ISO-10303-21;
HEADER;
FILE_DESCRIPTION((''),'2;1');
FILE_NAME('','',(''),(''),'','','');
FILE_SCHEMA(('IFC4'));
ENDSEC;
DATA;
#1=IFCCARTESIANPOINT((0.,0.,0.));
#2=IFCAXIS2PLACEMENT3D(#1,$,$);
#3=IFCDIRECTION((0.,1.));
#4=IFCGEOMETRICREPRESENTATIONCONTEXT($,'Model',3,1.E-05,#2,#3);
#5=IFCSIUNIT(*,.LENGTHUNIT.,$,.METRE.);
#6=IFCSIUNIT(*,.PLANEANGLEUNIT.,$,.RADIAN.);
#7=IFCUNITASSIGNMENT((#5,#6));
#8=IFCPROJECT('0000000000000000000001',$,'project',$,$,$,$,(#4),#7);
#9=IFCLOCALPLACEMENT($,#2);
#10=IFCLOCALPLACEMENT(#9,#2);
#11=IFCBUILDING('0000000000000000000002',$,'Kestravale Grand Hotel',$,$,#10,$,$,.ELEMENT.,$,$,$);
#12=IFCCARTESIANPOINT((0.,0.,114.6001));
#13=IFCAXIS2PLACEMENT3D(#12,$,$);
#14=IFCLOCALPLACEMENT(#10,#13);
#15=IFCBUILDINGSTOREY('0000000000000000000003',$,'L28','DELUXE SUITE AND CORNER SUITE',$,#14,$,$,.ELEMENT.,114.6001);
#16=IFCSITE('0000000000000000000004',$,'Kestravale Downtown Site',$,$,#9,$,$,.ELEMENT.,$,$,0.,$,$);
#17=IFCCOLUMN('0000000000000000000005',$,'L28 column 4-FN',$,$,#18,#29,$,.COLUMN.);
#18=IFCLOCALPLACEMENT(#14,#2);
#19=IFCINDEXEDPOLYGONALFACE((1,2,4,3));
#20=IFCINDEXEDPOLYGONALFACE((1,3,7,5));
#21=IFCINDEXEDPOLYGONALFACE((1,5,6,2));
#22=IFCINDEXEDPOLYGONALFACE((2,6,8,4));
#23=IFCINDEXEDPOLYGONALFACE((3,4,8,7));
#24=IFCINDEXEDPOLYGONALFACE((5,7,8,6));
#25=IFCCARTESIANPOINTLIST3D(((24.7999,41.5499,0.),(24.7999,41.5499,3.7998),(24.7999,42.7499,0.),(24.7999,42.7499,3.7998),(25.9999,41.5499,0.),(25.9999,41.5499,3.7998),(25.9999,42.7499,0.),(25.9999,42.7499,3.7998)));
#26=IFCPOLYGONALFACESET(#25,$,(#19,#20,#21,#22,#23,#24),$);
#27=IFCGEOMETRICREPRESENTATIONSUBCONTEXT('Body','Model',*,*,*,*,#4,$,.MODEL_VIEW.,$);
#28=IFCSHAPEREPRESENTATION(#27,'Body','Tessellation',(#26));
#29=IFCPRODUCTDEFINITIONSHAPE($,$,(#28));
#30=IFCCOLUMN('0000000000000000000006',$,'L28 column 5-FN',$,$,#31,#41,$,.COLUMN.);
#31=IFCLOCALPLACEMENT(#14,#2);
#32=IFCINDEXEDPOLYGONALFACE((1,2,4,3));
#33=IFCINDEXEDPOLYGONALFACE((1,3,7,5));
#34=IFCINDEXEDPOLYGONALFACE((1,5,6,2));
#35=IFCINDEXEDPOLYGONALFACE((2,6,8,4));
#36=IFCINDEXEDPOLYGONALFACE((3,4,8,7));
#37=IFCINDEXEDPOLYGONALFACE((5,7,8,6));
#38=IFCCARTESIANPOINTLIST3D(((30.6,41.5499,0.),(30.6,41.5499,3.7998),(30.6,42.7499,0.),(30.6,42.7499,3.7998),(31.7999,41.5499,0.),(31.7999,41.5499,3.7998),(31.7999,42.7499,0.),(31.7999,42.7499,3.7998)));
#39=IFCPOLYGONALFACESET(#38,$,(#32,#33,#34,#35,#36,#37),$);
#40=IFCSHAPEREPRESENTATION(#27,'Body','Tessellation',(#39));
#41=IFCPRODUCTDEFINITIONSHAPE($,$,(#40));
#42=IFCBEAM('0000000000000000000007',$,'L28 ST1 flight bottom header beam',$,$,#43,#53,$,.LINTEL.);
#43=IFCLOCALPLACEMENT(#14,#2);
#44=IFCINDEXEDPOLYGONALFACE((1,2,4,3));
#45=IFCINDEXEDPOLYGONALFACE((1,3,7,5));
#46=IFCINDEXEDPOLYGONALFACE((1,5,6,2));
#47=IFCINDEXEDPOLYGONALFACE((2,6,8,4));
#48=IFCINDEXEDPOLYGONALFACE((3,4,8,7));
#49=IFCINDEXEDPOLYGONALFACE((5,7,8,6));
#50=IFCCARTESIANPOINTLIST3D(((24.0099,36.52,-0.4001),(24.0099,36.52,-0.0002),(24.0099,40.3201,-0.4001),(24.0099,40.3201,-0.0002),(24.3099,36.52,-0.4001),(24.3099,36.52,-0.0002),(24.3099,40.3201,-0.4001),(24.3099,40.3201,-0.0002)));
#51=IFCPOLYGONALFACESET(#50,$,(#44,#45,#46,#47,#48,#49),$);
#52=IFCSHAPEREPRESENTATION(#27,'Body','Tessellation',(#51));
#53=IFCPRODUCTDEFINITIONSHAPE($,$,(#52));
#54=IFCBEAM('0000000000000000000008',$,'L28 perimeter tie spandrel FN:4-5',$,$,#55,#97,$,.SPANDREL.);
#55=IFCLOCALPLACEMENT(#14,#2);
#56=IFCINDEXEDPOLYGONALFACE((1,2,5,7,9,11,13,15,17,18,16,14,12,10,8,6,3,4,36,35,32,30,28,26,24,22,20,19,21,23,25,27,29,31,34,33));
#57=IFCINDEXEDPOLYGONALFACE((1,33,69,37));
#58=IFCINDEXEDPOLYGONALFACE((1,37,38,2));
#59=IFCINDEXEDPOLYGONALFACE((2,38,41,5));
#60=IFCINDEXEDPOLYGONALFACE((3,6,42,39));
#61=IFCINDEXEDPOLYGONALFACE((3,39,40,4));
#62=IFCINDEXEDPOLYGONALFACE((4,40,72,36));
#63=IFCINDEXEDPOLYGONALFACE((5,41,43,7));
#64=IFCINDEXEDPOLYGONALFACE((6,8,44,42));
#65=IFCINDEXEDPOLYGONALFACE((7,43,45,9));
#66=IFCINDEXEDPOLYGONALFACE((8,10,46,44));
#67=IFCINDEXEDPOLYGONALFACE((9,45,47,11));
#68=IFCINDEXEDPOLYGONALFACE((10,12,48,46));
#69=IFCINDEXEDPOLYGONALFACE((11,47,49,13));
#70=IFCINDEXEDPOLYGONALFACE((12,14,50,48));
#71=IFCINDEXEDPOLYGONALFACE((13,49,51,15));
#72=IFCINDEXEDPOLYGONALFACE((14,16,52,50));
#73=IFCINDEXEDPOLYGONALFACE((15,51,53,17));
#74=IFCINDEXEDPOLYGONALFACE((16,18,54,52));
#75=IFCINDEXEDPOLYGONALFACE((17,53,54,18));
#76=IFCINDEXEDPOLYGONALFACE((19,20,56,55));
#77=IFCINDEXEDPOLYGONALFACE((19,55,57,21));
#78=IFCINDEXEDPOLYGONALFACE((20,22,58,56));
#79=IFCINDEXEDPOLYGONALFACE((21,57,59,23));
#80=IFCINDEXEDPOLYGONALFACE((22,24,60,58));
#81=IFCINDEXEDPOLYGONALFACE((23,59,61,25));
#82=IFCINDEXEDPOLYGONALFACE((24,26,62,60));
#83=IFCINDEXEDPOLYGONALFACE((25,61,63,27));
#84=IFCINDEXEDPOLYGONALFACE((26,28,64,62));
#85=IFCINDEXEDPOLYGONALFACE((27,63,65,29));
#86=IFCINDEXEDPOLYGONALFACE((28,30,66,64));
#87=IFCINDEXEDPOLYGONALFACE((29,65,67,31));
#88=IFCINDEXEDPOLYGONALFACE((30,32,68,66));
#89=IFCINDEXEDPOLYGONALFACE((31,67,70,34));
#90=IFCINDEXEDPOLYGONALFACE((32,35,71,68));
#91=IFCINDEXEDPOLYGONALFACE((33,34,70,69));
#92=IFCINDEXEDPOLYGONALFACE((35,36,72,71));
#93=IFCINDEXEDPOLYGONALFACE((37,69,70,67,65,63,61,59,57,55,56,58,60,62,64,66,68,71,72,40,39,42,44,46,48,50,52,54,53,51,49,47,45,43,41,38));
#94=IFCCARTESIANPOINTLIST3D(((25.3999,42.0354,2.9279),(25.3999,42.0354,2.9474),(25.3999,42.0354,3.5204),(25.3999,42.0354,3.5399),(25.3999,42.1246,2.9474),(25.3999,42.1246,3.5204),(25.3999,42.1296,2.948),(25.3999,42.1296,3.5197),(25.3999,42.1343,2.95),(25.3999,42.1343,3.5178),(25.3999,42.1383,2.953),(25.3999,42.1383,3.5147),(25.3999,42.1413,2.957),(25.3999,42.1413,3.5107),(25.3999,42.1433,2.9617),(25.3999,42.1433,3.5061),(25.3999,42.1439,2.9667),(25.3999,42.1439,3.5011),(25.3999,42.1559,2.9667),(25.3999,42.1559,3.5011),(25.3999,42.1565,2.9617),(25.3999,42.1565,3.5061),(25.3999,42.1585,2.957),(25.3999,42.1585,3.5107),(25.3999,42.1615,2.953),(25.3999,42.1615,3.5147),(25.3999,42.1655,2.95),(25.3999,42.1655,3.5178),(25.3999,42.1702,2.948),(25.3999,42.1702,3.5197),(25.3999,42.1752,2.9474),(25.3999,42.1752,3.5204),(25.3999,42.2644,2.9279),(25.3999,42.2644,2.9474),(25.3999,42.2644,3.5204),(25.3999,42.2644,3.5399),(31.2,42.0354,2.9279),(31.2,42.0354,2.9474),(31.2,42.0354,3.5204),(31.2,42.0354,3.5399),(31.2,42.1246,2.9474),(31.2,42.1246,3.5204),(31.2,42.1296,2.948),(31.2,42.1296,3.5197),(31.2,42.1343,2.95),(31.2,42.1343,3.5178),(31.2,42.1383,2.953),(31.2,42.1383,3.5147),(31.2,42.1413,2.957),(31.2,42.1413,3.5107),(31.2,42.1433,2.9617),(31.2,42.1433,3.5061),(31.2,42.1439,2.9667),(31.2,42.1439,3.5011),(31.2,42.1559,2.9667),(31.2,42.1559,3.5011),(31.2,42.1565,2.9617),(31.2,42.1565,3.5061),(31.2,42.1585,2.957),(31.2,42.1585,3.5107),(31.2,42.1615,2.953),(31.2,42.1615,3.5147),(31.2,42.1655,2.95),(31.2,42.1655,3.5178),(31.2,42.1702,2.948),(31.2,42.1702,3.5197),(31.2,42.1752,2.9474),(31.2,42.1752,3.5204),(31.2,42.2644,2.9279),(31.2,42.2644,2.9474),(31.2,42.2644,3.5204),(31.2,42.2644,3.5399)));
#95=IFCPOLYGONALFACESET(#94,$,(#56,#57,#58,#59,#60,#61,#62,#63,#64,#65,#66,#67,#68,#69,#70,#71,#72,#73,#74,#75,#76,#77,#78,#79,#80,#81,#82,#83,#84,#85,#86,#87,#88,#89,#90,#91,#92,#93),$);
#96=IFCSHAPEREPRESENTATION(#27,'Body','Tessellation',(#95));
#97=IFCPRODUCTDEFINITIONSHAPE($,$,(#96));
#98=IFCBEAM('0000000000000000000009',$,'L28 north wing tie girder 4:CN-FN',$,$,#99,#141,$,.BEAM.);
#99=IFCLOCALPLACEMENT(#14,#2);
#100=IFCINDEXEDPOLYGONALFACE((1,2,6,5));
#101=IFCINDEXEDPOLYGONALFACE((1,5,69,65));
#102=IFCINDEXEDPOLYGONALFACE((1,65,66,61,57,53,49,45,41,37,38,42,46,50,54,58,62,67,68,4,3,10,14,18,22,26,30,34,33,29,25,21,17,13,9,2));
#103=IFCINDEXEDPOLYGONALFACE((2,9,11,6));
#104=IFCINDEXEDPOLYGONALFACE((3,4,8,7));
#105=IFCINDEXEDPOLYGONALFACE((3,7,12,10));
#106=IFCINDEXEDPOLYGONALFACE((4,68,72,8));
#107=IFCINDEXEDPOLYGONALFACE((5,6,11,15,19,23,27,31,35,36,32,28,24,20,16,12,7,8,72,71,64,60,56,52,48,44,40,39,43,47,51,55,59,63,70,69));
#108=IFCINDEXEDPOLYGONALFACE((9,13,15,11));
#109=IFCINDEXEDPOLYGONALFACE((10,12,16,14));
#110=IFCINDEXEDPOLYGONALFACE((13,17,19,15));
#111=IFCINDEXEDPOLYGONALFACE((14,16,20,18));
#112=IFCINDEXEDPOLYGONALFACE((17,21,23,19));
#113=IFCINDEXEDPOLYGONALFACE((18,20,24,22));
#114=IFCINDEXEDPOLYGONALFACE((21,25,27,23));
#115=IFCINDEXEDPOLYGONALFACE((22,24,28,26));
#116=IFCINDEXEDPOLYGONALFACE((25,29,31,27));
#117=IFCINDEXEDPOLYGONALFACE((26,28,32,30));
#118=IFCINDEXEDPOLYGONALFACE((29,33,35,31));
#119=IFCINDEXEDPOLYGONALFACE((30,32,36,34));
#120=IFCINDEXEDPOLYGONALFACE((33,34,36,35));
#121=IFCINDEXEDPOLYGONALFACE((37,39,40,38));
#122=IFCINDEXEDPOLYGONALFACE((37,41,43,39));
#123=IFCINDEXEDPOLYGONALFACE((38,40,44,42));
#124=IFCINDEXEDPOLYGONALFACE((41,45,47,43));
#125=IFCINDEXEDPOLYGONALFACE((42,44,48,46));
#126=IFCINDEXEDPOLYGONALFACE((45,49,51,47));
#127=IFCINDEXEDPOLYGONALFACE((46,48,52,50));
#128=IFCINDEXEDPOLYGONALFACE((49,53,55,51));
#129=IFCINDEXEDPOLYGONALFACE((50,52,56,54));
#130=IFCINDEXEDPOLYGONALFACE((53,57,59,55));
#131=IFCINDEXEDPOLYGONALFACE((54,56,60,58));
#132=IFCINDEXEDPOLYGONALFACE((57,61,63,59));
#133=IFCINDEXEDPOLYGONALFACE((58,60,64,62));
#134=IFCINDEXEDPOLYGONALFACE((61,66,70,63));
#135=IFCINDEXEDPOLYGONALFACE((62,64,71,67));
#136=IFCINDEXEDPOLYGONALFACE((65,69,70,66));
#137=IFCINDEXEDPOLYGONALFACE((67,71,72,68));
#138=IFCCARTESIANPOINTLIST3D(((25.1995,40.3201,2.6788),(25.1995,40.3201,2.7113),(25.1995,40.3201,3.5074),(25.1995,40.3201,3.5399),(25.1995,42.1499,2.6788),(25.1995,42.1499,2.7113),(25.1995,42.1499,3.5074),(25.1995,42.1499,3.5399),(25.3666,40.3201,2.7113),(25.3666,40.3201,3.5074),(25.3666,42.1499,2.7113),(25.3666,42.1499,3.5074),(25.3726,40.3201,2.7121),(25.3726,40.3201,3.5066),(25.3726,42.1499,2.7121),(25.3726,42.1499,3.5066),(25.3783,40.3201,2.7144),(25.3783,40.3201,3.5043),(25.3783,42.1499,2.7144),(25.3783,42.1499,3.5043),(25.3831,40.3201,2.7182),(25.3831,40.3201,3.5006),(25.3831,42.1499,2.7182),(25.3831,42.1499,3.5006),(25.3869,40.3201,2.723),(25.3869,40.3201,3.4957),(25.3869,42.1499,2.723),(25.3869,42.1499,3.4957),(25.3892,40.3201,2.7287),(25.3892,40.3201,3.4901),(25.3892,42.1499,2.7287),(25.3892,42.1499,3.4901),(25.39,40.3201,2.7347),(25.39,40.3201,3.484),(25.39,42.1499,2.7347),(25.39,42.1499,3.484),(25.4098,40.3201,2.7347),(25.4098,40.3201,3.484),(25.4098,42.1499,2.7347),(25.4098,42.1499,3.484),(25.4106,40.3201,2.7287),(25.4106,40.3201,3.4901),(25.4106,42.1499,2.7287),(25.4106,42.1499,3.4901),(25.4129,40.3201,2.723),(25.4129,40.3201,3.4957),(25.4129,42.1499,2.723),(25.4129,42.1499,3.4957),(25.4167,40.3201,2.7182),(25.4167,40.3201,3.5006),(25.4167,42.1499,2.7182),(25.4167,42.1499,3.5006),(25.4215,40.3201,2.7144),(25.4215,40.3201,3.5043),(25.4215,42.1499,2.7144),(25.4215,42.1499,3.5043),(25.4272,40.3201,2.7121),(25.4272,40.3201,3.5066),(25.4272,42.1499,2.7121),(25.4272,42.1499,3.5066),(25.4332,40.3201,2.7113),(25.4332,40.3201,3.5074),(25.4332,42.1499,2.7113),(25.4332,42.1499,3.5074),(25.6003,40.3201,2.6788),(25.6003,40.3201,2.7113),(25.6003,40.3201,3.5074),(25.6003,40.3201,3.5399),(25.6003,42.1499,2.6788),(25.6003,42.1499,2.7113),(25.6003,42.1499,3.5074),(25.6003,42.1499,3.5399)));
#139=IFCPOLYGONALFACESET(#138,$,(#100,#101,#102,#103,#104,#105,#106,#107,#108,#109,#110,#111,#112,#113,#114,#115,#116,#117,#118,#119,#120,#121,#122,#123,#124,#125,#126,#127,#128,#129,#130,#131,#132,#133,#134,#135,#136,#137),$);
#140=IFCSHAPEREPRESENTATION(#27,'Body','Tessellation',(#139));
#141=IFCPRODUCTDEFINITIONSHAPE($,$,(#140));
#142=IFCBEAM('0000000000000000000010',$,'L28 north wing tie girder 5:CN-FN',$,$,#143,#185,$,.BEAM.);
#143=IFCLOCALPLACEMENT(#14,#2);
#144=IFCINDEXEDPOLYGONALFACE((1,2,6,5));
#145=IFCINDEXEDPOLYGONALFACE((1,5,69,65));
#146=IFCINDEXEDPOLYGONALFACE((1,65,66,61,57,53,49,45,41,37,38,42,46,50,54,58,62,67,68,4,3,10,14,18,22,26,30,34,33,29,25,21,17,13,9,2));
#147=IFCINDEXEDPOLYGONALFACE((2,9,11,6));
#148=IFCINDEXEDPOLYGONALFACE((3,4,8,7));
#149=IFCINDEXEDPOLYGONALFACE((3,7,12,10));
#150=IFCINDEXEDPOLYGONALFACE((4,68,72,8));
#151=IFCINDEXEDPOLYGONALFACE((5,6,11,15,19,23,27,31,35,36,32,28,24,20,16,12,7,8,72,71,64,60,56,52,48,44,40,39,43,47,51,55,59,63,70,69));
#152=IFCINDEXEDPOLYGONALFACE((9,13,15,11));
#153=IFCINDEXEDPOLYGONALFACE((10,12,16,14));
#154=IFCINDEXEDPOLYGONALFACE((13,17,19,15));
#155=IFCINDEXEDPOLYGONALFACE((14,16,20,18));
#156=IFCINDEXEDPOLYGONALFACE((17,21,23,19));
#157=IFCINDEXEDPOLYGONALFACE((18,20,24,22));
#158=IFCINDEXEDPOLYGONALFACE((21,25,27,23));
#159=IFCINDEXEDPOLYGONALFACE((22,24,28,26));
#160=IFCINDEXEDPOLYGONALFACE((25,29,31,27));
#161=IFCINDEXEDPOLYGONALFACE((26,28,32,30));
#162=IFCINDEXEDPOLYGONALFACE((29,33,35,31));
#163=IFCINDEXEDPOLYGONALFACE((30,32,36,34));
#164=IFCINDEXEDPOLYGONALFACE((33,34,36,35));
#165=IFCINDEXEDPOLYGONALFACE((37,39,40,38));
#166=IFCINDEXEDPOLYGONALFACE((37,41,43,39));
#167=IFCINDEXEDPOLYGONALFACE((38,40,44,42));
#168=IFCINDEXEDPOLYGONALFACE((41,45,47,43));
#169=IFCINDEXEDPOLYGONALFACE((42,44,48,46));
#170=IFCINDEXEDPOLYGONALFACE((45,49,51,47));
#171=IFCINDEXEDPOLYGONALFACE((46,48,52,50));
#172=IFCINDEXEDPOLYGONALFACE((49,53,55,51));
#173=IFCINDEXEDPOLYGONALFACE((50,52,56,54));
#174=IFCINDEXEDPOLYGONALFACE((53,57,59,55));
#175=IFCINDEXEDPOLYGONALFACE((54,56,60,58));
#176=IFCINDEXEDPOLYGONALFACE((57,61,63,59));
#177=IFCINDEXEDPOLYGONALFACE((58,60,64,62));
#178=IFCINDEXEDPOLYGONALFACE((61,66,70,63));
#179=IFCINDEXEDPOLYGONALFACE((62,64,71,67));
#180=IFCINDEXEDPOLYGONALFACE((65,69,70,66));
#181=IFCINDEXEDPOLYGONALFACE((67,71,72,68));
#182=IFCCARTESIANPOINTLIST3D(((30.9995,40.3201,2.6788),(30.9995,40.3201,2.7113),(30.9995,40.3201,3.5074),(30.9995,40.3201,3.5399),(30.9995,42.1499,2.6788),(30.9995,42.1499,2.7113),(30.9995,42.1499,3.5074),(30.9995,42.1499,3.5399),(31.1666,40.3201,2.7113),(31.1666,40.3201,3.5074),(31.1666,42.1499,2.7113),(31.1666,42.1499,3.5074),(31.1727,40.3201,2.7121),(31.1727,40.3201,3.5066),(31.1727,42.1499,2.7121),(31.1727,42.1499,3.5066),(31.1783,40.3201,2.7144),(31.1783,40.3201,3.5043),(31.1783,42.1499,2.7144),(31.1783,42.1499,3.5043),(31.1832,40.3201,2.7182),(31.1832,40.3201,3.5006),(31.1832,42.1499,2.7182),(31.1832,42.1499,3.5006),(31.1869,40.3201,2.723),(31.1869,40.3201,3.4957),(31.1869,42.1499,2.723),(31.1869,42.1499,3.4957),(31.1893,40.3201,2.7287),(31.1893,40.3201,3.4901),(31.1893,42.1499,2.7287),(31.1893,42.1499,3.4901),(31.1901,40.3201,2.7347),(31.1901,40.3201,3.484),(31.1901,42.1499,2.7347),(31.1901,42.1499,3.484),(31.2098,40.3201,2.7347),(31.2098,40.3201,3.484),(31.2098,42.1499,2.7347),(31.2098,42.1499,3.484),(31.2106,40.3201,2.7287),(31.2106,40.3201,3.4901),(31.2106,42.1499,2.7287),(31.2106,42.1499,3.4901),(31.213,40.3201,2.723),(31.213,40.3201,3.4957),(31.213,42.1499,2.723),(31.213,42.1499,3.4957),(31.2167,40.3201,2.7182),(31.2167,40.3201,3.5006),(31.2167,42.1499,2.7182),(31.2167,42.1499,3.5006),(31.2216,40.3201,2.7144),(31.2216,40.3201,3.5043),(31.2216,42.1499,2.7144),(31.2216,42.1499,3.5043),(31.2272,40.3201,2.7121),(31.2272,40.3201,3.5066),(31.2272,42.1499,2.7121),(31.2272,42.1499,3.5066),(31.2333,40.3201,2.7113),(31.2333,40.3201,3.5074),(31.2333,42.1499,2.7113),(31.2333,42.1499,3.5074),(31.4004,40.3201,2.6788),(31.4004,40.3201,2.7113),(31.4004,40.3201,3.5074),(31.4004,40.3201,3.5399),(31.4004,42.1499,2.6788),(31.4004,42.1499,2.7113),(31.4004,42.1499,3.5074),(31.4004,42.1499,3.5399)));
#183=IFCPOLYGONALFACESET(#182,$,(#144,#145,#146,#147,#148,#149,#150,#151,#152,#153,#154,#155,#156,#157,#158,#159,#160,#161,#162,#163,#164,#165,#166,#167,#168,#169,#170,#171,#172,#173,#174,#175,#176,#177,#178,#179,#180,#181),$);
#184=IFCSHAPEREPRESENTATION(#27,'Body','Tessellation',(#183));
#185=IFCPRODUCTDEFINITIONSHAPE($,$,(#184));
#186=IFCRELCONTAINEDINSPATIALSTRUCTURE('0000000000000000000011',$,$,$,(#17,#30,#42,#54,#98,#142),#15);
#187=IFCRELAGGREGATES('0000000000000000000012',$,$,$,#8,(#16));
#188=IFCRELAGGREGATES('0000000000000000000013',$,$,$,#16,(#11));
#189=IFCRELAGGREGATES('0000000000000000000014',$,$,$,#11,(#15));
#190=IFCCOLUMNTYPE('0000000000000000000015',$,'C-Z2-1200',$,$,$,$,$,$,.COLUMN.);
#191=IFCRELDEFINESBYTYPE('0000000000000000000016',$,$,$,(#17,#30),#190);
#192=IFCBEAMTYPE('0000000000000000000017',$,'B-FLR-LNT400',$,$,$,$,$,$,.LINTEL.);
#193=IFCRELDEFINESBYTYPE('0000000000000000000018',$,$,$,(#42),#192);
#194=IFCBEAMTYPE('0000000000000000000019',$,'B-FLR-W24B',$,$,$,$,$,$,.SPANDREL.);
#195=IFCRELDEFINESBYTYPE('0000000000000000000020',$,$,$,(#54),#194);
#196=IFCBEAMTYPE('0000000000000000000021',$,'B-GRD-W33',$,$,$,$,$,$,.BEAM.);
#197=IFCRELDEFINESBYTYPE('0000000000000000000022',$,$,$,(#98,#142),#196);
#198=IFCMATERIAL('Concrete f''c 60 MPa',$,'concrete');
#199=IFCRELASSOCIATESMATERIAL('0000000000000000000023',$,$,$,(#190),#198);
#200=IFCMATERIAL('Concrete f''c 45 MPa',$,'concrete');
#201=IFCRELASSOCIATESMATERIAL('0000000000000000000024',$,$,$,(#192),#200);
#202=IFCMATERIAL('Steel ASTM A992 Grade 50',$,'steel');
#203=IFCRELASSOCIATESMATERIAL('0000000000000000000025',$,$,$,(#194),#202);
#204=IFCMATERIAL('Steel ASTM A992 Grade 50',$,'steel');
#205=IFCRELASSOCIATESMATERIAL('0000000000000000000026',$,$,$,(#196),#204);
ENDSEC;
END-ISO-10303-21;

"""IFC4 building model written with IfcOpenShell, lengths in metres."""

from ifc_helpers import new_model, si_unit, direction, frame, origin, origin_2d, place, context, subcontext, project, spatial, rectangle, i_section, extrude, material, material_profile, profile_set, type_object, element, save


model = new_model("IFC4")

# Units and contexts
model_context = context("Model", 3, precision=1e-05, world=origin(), true_north=direction((0.0, 1.0)))
body_context = subcontext(model_context, "Body", "Model", "MODEL_VIEW")
ifc_project = project(units=[si_unit("LENGTHUNIT", "METRE"), si_unit("PLANEANGLEUNIT", "RADIAN")], contexts=[model_context])

# Site, building, storey
site_placement = place(None, origin())
site = spatial("IfcSite", under=ifc_project, at=site_placement, Name="Kestravale Downtown Site", CompositionType="ELEMENT", RefElevation=0.0)
building_placement = place(site_placement, origin())
building = spatial("IfcBuilding", under=site, at=building_placement, Name="Kestravale Grand Hotel", CompositionType="ELEMENT")
storey_placement = place(building_placement, frame((0.0, 0.0, 114.6001)))
storey = spatial("IfcBuildingStorey", under=building, at=storey_placement, Name="L28", Description="DELUXE SUITE AND CORNER SUITE", CompositionType="ELEMENT", Elevation=114.6001)

# Columns
ifc_material_1 = material(Name="Concrete f'c 60 MPa", Category="concrete")
ifc_material_profile_1 = material_profile(ifc_material_1, rectangle(XDim=1.2, YDim=1.2, at=origin_2d()))
ifc_profile_set_1 = profile_set([ifc_material_profile_1], Name="Concrete f'c 60 MPa")
column_type = type_object("IfcColumnType", Name="C-Z2-1200", PredefinedType="COLUMN", material=ifc_profile_set_1)
for number, where, z_axis, x_axis, name in (
    (1, (25.3999, 42.1499, 0.0), (0.0, 0.0, 1.0), (1.0, 0.0, 0.0), "L28 column 4-FN"),
    (2, (31.2, 42.1499, 0.0), (0.0, 0.0, 1.0), (1.0, 0.0, 0.0), "L28 column 5-FN"),
):
    element("IfcColumn", number, at=place(storey_placement, frame(where, z_axis=z_axis, x_axis=x_axis)), inside=storey, type_object=column_type, Name=name, PredefinedType="COLUMN", context=body_context, shape_type="SweptSolid", body=[
        extrude(rectangle(XDim=1.2, YDim=1.2, at=origin_2d()), origin(), (0.0, 0.0, 1.0), 3.7998),
    ])

# Beams
ifc_material_2 = material(Name="Concrete f'c 45 MPa", Category="concrete")
ifc_material_profile_2 = material_profile(ifc_material_2, rectangle(XDim=0.3, YDim=0.3999, at=origin_2d()))
ifc_profile_set_2 = profile_set([ifc_material_profile_2], Name="Concrete f'c 45 MPa")
beam_type_1 = type_object("IfcBeamType", Name="B-FLR-LNT400", PredefinedType="LINTEL", material=ifc_profile_set_2)
beam_1_placement = place(storey_placement, frame((24.1599, 36.52, -0.2002), z_axis=(0.0, 1.0, 0.0), x_axis=(-1.0, 0.0, 0.0)))
element("IfcBeam", 3, at=beam_1_placement, inside=storey, type_object=beam_type_1, Name="L28 ST1 flight bottom header beam", PredefinedType="LINTEL", context=body_context, shape_type="SweptSolid", body=[
    extrude(rectangle(XDim=0.3, YDim=0.3999, at=origin_2d()), origin(), (0.0, 0.0, 1.0), 3.8),
])
ifc_material_3 = material(Name="Steel ASTM A992 Grade 50", Category="steel")
ifc_material_profile_3 = material_profile(ifc_material_3, i_section(OverallWidth=0.229, OverallDepth=0.6121, WebThickness=0.012, FlangeThickness=0.0195, FilletRadius=0.0193, at=origin_2d()))
ifc_profile_set_3 = profile_set([ifc_material_profile_3], Name="Steel ASTM A992 Grade 50")
beam_type_2 = type_object("IfcBeamType", Name="B-FLR-W24B", PredefinedType="SPANDREL", material=ifc_profile_set_3)
beam_2_placement = place(storey_placement, frame((25.3999, 42.1499, 3.2339), z_axis=(1.0, 0.0, 0.0), x_axis=(0.0, 1.0, 0.0)))
element("IfcBeam", 4, at=beam_2_placement, inside=storey, type_object=beam_type_2, Name="L28 perimeter tie spandrel FN:4-5", PredefinedType="SPANDREL", context=body_context, shape_type="SweptSolid", body=[
    extrude(i_section(OverallWidth=0.229, OverallDepth=0.6121, WebThickness=0.012, FlangeThickness=0.0195, FilletRadius=0.0193, at=origin_2d()), origin(), (0.0, 0.0, 1.0), 5.8),
])
ifc_material_4 = material(Name="Steel ASTM A992 Grade 50", Category="steel")
ifc_material_profile_4 = material_profile(ifc_material_4, i_section(OverallWidth=0.4009, OverallDepth=0.8611, WebThickness=0.0198, FlangeThickness=0.0325, FilletRadius=0.0234, at=origin_2d()))
ifc_profile_set_4 = profile_set([ifc_material_profile_4], Name="Steel ASTM A992 Grade 50")
beam_type_3 = type_object("IfcBeamType", Name="B-GRD-W33", PredefinedType="BEAM", material=ifc_profile_set_4)
for number, where, z_axis, x_axis, name in (
    (5, (25.3999, 40.3201, 3.1094), (0.0, 1.0, 0.0), (-1.0, 0.0, 0.0), "L28 north wing tie girder 4:CN-FN"),
    (6, (31.2, 40.3201, 3.1094), (0.0, 1.0, 0.0), (-1.0, 0.0, 0.0), "L28 north wing tie girder 5:CN-FN"),
):
    element("IfcBeam", number, at=place(storey_placement, frame(where, z_axis=z_axis, x_axis=x_axis)), inside=storey, type_object=beam_type_3, Name=name, PredefinedType="BEAM", context=body_context, shape_type="SweptSolid", body=[
        extrude(i_section(OverallWidth=0.4009, OverallDepth=0.8611, WebThickness=0.0198, FlangeThickness=0.0325, FilletRadius=0.0234, at=origin_2d()), origin(), (0.0, 0.0, 1.0), 1.8298),
    ])

save(model, "model.ifc")
